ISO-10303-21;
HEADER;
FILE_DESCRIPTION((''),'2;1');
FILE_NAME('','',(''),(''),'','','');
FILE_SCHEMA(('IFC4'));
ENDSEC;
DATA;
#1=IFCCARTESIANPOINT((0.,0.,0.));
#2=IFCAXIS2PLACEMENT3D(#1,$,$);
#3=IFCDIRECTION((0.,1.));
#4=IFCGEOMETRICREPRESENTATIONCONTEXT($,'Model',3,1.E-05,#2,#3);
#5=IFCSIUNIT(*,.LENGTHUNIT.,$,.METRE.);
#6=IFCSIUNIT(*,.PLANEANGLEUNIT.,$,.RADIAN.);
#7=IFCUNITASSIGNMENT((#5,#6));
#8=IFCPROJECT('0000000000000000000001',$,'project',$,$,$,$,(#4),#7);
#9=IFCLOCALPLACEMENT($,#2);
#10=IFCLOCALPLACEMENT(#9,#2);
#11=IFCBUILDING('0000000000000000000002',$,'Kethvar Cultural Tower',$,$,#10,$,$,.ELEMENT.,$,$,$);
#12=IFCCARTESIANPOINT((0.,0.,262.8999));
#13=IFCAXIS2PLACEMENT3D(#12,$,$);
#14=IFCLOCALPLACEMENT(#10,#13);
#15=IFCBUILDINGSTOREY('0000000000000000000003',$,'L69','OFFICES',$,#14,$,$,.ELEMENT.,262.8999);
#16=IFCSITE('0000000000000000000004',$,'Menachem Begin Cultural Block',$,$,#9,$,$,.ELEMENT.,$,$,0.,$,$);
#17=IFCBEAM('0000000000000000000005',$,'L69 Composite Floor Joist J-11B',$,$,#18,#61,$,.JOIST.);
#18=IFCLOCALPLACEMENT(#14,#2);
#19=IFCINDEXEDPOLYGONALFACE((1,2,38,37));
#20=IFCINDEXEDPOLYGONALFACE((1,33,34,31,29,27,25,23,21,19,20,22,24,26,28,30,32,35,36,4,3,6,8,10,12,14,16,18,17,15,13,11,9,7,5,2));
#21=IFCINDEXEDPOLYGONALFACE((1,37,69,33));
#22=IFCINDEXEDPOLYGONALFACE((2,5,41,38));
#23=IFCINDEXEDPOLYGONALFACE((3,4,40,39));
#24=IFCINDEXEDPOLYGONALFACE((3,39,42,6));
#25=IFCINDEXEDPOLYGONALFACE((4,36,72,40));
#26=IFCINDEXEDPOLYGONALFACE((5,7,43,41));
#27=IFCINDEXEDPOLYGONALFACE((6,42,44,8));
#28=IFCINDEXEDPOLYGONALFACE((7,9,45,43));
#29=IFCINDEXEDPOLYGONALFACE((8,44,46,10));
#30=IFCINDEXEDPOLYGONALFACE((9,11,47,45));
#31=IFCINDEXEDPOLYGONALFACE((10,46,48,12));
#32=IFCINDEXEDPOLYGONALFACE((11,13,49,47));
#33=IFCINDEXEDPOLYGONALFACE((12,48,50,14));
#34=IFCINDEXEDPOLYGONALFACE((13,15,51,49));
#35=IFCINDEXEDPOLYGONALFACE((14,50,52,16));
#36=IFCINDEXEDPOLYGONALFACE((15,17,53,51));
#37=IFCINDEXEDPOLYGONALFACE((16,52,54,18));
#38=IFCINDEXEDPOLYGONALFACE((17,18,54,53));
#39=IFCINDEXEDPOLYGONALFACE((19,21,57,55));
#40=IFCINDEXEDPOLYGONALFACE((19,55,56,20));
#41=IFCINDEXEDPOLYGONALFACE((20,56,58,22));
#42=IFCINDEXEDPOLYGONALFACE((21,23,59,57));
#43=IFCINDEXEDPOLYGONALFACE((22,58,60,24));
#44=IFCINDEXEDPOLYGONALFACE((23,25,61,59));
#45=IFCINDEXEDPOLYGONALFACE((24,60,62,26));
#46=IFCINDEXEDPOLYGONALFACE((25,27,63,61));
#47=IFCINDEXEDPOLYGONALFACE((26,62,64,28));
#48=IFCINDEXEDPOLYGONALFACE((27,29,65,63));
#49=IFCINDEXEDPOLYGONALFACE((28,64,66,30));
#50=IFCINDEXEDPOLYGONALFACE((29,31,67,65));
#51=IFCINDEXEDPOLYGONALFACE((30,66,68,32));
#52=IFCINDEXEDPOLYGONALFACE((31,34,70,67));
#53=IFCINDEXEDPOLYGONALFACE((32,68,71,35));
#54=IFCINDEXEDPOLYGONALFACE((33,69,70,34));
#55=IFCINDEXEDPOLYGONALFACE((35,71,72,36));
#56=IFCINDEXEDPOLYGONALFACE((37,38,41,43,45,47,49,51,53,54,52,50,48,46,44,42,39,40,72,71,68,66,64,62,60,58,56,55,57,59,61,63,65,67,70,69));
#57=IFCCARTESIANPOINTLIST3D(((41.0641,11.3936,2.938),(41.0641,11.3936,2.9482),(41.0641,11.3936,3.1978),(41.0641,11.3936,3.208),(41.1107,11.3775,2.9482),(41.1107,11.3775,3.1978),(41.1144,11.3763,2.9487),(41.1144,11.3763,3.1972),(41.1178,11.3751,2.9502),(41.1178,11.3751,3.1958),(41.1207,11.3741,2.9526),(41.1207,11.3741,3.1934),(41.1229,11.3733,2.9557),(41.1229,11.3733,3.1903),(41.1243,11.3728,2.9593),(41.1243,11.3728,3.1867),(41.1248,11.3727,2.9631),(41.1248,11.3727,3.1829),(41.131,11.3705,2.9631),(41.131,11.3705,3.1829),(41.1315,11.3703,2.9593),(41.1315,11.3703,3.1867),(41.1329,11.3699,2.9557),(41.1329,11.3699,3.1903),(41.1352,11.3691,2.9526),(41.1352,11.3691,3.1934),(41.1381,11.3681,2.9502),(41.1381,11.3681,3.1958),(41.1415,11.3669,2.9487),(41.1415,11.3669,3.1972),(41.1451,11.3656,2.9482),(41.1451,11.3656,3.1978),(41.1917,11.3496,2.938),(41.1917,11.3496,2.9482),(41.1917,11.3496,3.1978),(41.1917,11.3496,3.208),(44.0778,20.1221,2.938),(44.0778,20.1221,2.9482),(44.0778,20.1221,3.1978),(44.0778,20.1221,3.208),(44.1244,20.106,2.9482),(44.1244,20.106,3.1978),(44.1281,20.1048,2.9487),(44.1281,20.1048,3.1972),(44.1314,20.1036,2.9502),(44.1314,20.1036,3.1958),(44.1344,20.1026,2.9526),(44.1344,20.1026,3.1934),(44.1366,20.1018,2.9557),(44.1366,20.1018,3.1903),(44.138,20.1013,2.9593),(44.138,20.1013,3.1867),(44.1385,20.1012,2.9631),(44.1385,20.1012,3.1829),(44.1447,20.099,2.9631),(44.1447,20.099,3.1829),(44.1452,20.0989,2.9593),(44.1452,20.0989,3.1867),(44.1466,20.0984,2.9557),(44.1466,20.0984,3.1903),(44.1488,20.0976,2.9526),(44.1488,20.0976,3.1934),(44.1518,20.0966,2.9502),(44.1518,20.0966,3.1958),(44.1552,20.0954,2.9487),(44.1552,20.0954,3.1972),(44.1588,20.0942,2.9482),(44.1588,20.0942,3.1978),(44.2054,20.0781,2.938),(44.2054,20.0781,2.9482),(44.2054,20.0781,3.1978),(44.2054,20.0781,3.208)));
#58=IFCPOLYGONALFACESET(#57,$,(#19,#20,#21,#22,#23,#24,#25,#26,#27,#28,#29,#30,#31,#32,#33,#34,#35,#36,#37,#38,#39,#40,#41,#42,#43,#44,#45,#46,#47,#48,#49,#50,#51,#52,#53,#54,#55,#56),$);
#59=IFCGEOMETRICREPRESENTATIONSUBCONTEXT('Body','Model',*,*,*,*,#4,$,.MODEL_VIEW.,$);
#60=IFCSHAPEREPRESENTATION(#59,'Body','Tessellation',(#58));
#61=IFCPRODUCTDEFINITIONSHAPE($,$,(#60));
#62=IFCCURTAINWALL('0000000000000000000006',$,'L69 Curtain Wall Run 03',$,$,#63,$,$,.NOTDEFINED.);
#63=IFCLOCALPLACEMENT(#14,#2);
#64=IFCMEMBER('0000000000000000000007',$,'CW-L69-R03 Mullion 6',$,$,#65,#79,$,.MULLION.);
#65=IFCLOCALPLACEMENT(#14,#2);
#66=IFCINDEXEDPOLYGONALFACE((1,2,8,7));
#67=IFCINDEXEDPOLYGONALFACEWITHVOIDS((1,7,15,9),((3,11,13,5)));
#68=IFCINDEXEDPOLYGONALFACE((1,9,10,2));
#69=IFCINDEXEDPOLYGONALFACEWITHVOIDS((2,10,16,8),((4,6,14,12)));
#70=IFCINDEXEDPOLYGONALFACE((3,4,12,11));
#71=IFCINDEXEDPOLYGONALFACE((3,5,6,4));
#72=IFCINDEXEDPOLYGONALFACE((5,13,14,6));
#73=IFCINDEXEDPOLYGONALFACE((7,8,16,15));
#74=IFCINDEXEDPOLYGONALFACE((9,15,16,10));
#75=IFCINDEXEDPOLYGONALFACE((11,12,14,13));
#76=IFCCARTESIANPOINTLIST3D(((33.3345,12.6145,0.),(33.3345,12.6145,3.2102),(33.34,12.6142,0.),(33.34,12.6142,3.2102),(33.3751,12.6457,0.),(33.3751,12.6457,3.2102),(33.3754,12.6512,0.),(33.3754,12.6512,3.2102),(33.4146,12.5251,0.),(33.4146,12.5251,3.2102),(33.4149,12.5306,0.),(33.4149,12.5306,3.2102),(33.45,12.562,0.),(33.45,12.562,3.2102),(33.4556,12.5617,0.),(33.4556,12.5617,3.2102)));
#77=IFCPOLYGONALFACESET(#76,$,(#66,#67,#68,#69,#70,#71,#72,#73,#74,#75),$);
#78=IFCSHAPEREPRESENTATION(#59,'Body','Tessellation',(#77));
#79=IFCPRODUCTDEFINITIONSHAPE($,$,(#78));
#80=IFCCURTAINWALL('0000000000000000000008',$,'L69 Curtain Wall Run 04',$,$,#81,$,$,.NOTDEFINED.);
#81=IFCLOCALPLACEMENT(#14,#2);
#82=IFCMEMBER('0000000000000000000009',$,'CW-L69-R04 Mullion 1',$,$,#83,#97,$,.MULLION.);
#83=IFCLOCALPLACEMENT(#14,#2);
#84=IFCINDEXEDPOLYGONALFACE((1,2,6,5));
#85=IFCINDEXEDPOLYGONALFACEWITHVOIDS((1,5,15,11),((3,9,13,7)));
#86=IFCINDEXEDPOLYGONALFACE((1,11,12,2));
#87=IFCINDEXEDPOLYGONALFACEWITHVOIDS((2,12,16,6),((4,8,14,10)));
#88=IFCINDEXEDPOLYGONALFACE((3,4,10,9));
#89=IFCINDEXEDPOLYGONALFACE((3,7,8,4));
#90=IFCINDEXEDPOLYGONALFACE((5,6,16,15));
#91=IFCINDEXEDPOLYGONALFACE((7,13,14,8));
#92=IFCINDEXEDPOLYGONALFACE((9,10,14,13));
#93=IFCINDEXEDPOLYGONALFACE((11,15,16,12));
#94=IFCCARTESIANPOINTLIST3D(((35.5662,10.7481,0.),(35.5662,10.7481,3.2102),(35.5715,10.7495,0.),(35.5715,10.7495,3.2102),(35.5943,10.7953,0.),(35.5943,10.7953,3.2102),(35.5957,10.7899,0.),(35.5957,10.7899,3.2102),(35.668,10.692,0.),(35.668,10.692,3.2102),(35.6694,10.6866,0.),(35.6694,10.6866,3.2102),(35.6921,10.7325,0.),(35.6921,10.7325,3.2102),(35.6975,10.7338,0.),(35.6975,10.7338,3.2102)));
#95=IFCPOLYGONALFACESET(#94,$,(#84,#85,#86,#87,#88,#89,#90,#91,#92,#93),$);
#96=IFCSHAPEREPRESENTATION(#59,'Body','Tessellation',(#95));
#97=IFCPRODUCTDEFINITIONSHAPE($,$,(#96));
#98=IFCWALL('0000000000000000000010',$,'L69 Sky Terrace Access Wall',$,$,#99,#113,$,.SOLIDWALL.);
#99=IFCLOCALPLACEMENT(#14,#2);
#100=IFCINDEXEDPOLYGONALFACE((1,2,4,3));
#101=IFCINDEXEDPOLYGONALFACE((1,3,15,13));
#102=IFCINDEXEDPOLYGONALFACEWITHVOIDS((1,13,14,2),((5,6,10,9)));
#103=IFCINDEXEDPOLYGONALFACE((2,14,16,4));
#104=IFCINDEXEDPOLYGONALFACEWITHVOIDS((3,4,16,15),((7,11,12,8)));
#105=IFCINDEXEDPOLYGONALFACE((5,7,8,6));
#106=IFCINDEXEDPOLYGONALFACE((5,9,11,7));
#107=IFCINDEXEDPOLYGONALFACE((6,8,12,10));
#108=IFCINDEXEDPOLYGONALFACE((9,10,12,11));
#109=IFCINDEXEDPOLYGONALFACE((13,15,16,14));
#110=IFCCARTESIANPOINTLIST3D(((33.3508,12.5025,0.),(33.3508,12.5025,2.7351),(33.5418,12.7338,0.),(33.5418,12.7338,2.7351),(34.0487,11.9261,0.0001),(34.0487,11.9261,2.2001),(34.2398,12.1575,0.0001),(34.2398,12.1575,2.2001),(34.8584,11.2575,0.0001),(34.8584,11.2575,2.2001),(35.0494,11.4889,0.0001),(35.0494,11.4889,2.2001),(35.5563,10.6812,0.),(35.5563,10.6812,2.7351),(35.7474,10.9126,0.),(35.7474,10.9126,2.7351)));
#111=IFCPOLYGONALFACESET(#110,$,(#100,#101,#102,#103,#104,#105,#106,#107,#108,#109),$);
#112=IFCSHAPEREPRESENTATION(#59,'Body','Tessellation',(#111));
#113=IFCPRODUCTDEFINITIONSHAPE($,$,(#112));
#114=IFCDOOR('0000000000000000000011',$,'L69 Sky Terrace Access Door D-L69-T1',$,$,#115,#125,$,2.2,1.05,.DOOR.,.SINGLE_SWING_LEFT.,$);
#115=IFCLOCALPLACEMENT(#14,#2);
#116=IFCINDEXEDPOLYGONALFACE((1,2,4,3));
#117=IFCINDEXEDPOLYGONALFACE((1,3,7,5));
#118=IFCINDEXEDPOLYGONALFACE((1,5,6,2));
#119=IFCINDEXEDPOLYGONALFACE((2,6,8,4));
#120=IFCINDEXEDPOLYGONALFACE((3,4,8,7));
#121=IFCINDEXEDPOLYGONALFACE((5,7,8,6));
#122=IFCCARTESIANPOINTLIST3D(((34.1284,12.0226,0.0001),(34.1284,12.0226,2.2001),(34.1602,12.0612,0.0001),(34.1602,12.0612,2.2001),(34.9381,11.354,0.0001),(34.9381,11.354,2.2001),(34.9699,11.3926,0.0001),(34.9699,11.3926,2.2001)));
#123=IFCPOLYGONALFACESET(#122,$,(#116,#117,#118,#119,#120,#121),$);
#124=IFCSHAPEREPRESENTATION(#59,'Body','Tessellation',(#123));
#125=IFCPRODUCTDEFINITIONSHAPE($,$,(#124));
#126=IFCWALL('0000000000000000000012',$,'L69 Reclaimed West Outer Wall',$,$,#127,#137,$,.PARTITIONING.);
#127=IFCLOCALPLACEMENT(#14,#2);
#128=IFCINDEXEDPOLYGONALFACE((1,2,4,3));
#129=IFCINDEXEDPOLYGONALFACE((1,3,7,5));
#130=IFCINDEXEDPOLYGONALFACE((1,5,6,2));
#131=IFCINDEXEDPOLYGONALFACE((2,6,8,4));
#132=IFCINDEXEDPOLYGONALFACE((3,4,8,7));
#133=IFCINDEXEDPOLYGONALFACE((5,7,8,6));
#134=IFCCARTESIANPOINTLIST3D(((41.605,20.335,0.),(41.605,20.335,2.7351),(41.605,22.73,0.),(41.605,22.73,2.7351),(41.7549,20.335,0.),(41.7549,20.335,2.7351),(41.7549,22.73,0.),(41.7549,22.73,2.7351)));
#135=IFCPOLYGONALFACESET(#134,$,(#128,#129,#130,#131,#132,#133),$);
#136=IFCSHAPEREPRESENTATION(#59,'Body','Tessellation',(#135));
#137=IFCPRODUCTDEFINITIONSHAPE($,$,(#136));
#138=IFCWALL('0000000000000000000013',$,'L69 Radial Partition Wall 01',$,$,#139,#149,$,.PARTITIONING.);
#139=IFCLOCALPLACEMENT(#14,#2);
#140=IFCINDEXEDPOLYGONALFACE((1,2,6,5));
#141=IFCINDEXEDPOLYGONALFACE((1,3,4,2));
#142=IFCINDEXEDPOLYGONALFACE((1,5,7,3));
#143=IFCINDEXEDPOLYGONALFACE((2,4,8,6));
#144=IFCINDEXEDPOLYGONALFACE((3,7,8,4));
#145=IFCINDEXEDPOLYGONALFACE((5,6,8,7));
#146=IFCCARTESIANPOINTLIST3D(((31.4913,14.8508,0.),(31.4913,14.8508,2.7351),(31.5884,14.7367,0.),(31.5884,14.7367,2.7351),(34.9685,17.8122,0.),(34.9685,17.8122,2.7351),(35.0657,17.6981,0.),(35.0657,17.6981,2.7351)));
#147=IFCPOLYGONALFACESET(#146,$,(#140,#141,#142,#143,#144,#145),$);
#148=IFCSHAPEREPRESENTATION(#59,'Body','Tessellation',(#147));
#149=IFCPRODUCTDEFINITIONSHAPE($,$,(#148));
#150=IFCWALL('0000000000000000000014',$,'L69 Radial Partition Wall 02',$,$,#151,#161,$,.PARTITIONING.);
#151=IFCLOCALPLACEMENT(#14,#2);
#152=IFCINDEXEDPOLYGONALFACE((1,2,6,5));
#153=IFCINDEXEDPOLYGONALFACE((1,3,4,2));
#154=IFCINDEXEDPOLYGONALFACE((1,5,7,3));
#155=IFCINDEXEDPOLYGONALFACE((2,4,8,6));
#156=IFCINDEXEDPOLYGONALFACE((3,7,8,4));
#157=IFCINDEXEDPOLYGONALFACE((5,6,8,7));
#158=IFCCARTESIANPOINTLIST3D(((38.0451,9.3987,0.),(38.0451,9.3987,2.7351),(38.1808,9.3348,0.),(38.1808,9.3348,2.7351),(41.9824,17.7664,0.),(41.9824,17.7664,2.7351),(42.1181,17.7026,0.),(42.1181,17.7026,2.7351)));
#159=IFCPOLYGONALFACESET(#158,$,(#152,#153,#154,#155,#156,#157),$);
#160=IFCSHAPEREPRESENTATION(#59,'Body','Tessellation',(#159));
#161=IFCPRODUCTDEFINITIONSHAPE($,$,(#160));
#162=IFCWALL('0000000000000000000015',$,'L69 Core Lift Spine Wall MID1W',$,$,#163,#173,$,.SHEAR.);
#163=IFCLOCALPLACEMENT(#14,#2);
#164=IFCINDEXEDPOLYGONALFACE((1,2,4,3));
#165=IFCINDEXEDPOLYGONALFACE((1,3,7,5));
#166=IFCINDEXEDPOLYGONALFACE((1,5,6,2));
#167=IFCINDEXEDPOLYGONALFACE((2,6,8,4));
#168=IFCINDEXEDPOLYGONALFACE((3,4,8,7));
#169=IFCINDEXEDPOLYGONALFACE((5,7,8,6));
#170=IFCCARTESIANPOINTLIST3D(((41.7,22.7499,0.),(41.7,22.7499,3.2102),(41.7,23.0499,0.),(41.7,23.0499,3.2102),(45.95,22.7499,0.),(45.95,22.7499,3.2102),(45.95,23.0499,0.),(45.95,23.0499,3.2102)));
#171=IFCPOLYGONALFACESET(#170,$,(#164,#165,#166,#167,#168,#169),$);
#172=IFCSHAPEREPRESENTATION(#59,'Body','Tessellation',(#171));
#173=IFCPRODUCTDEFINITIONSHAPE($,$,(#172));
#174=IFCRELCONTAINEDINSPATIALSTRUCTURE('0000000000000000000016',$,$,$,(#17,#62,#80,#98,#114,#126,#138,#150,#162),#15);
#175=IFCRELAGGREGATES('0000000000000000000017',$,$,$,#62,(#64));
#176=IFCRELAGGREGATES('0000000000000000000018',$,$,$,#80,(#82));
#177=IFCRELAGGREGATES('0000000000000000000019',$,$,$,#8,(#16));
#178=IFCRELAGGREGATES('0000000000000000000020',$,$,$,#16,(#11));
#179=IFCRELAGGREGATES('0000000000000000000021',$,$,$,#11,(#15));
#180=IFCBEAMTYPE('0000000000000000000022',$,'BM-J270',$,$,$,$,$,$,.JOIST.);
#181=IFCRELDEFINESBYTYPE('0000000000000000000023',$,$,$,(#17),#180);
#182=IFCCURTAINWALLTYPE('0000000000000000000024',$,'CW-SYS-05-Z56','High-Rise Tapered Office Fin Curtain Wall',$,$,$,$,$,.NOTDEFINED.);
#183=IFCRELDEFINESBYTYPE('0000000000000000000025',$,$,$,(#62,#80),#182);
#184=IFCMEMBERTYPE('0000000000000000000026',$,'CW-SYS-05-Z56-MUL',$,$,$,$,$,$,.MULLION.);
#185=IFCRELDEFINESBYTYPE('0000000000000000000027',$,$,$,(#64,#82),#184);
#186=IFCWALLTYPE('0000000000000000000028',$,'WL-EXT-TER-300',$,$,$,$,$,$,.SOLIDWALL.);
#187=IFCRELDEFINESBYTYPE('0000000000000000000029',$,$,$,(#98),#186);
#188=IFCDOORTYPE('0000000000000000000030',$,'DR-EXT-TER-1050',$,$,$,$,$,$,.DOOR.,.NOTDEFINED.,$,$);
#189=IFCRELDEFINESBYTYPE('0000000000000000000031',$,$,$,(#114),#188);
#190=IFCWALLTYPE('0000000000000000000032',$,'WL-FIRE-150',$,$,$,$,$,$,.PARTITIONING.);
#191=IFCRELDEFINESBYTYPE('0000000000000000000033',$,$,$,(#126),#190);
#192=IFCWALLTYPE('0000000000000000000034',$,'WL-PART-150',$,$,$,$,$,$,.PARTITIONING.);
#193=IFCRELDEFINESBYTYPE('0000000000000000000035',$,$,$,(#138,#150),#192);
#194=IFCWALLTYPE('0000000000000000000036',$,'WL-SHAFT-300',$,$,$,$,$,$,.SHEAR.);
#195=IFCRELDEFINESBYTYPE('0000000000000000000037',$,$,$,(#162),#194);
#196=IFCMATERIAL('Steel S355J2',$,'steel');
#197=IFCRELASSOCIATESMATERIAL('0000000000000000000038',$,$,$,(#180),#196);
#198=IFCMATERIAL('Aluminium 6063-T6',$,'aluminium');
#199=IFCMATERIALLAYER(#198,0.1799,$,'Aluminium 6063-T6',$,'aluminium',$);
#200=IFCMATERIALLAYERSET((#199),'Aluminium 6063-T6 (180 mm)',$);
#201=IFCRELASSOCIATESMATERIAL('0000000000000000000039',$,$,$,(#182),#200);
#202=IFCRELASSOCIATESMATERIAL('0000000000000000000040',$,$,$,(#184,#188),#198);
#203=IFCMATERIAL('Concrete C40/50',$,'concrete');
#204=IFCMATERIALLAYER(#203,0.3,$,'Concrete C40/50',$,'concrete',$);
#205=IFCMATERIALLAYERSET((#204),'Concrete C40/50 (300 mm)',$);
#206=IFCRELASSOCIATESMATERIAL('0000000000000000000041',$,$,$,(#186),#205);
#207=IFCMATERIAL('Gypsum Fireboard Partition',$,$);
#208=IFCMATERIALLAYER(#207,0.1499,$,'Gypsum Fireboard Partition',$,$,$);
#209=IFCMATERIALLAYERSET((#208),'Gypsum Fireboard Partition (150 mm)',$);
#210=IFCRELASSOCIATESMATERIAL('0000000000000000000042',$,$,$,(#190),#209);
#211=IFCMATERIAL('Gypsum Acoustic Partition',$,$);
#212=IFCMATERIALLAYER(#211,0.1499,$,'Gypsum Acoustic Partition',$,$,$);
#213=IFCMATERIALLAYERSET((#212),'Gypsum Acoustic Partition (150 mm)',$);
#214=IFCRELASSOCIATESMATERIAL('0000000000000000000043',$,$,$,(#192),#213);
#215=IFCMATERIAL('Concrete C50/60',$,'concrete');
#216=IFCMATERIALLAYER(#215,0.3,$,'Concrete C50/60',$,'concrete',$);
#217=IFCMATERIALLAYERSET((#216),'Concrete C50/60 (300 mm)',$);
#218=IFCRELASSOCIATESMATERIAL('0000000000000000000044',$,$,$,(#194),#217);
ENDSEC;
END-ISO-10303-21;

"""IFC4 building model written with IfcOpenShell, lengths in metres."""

from ifc_helpers import new_model, si_unit, direction, frame, frame_2d, origin, origin_2d, place, context, subcontext, project, spatial, rectangle, hollow_rectangle, i_section, extrude, source, transform, mapped, material, layer, layer_set, material_profile, profile_set, type_object, element, fill, aggregate, save


model = new_model("IFC4")

# Units and contexts
model_context = context("Model", 3, precision=1e-05, world=origin(), true_north=direction((0.0, 1.0)))
body_context = subcontext(model_context, "Body", "Model", "MODEL_VIEW")
ifc_project = project(units=[si_unit("LENGTHUNIT", "METRE"), si_unit("PLANEANGLEUNIT", "RADIAN")], contexts=[model_context])

# Site, building, storey
site_placement = place(None, origin())
site = spatial("IfcSite", under=ifc_project, at=site_placement, Name="Menachem Begin Cultural Block", CompositionType="ELEMENT", RefElevation=0.0)
building_placement = place(site_placement, origin())
building = spatial("IfcBuilding", under=site, at=building_placement, Name="Kethvar Cultural Tower", CompositionType="ELEMENT")
storey_placement = place(building_placement, frame((0.0, 0.0, 262.8999)))
storey = spatial("IfcBuildingStorey", under=building, at=storey_placement, Name="L69", Description="OFFICES", CompositionType="ELEMENT", Elevation=262.8999)

# Beam
ifc_material_1 = material(Name="Steel S355J2", Category="steel")
ifc_material_profile_1 = material_profile(ifc_material_1, i_section(OverallWidth=0.135, OverallDepth=0.27, WebThickness=0.0066, FlangeThickness=0.0103, FilletRadius=0.0149, at=origin_2d()), Name="Steel S355J2 — IPE270")
ifc_profile_set_1 = profile_set([ifc_material_profile_1], Name="Steel S355J2 — IPE270")
beam_type_1 = type_object("IfcBeamType", Name="BM-J270", PredefinedType="JOIST", material=ifc_profile_set_1)
shared_shape_1 = source(origin(), body_context, "Body", "SweptSolid", [
    extrude(i_section(OverallWidth=0.135, OverallDepth=0.27, WebThickness=0.0066, FlangeThickness=0.0103, FilletRadius=0.0149, at=origin_2d()), origin(), (0.0, 0.0, 1.0), 9.2341),
])
beam_1_placement = place(storey_placement, frame((44.1416, 20.1001, 3.073), z_axis=(-0.326362, -0.945245, 0.0), x_axis=(0.945245, -0.326362, 0.0)))
element("IfcBeam", 1, at=beam_1_placement, inside=storey, type_object=beam_type_1, Name="L69 Composite Floor Joist J-11B", PredefinedType="JOIST", context=body_context, shape_type="MappedRepresentation", body=[
    mapped(shared_shape_1, transform((0.0, 0.0, 0.0), scale=1.0)),
])

# Curtain walls, members
ifc_material_2 = material(Name="Aluminium 6063-T6", Category="aluminium")
ifc_layer_1 = layer(ifc_material_2, 0.1799, Name="Aluminium 6063-T6", Category="aluminium")
ifc_layer_set_1 = layer_set([ifc_layer_1], Name="Aluminium 6063-T6 (180 mm)")
curtain_wall_type = type_object("IfcCurtainWallType", Name="CW-SYS-05-Z56", Description="High-Rise Tapered Office Fin Curtain Wall", PredefinedType="NOTDEFINED", material=ifc_layer_set_1)
curtain_wall_1_placement = place(storey_placement, origin())
curtain_wall_1 = element("IfcCurtainWall", 2, at=curtain_wall_1_placement, inside=storey, type_object=curtain_wall_type, Name="L69 Curtain Wall Run 03", PredefinedType="NOTDEFINED")
ifc_material_profile_2 = material_profile(ifc_material_2, hollow_rectangle(XDim=0.0549, YDim=0.1201, WallThickness=0.0039, at=origin_2d()), Name="Aluminium 6063-T6 — RHS120x55x4")
ifc_profile_set_2 = profile_set([ifc_material_profile_2], Name="Aluminium 6063-T6 — RHS120x55x4")
member_type = type_object("IfcMemberType", Name="CW-SYS-05-Z56-MUL", PredefinedType="MULLION", material=ifc_profile_set_2)
shared_shape_2 = source(origin(), body_context, "Body", "SweptSolid", [
    extrude(hollow_rectangle(XDim=0.0549, YDim=0.1201, WallThickness=0.0039, at=origin_2d()), origin(), (0.0, 0.0, 1.0), 3.2102),
])
member_1_placement = place(storey_placement, frame((33.395, 12.5881, 0.0), z_axis=(0.0, 0.0, 1.0), x_axis=(0.744847, 0.667235, 0.0)))
member_1 = element("IfcMember", 3, at=member_1_placement, type_object=member_type, Name="CW-L69-R03 Mullion 6", PredefinedType="MULLION", context=body_context, shape_type="MappedRepresentation", body=[
    mapped(shared_shape_2, transform((0.0, 0.0, 0.0), scale=1.0)),
])
aggregate(curtain_wall_1, [member_1])
curtain_wall_2_placement = place(storey_placement, origin())
curtain_wall_2 = element("IfcCurtainWall", 4, at=curtain_wall_2_placement, inside=storey, type_object=curtain_wall_type, Name="L69 Curtain Wall Run 04", PredefinedType="NOTDEFINED")
member_2_placement = place(storey_placement, frame((35.6318, 10.741, 0.0), z_axis=(0.0, 0.0, 1.0), x_axis=(0.511848, 0.859076, 0.0)))
member_2 = element("IfcMember", 5, at=member_2_placement, type_object=member_type, Name="CW-L69-R04 Mullion 1", PredefinedType="MULLION", context=body_context, shape_type="MappedRepresentation", body=[
    mapped(shared_shape_2, transform((0.0, 0.0, 0.0), scale=1.0)),
])
aggregate(curtain_wall_2, [member_2])

# Shared definitions
ifc_material_3 = material(Name="Concrete C50/60", Category="concrete")

# Wall, opening, door
ifc_material_4 = material(Name="Concrete C40/50", Category="concrete")
ifc_layer_2 = layer(ifc_material_4, 0.3, Name="Concrete C40/50", Category="concrete")
ifc_layer_set_2 = layer_set([ifc_layer_2], Name="Concrete C40/50 (300 mm)")
wall_type_1 = type_object("IfcWallType", Name="WL-EXT-TER-300", PredefinedType="SOLIDWALL", material=ifc_layer_set_2)
wall_1_placement = place(storey_placement, frame((35.6519, 10.7969, 0.0), z_axis=(0.0, 0.0, 1.0), x_axis=(-0.771082, 0.636736, 0.0)))
wall_1 = element("IfcWall", 6, at=wall_1_placement, inside=storey, type_object=wall_type_1, Name="L69 Sky Terrace Access Wall", PredefinedType="SOLIDWALL", context=body_context, shape_type="SweptSolid", body=[
    extrude(rectangle(XDim=2.8604, YDim=0.3, at=frame_2d((1.4302, 0.0))), origin(), (0.0, 0.0, 1.0), 2.7351),
])
opening_1_placement = place(wall_1_placement, frame((0.9053, 0.0, 0.0)))
opening_1 = element("IfcOpeningElement", 7, at=opening_1_placement, cuts=wall_1, PredefinedType="OPENING", context=body_context, shape_type="SweptSolid", body=[
    extrude(rectangle(XDim=1.05, YDim=2.2, at=frame_2d((0.5249, 1.1001))), frame((0.0, 0.1599, 0.0), z_axis=(0.0, -1.0, 0.0), x_axis=(1.0, 0.0, 0.0)), (0.0, 0.0, 1.0), 0.3201),
])
door_type_1 = type_object("IfcDoorType", Name="DR-EXT-TER-1050", OperationType="NOTDEFINED", PredefinedType="DOOR", material=ifc_material_2)
shared_shape_3 = source(origin(), body_context, "Body", "SweptSolid", [
    extrude(rectangle(XDim=1.05, YDim=2.2, at=frame_2d((0.5249, 1.1001))), frame((0.0, 0.0249, 0.0), z_axis=(0.0, -1.0, 0.0), x_axis=(1.0, 0.0, 0.0)), (0.0, 0.0, 1.0), 0.05),
])
door_1_placement = place(opening_1_placement, origin())
door_1 = element("IfcDoor", 8, at=door_1_placement, inside=storey, type_object=door_type_1, Name="L69 Sky Terrace Access Door D-L69-T1", OperationType="SINGLE_SWING_LEFT", OverallHeight=2.2, OverallWidth=1.05, PredefinedType="DOOR", context=body_context, shape_type="MappedRepresentation", body=[
    mapped(shared_shape_3, transform((0.0, 0.0, 0.0), scale=1.0)),
])
fill(opening_1, door_1)

# Walls
ifc_material_5 = material(Name="Gypsum Fireboard Partition")
ifc_layer_3 = layer(ifc_material_5, 0.1499, Name="Gypsum Fireboard Partition")
ifc_layer_set_3 = layer_set([ifc_layer_3], Name="Gypsum Fireboard Partition (150 mm)")
wall_type_2 = type_object("IfcWallType", Name="WL-FIRE-150", PredefinedType="PARTITIONING", material=ifc_layer_set_3)
wall_2_placement = place(storey_placement, frame((41.6799, 20.335, 0.0), z_axis=(0.0, 0.0, 1.0), x_axis=(0.0, 1.0, 0.0)))
element("IfcWall", 9, at=wall_2_placement, inside=storey, type_object=wall_type_2, Name="L69 Reclaimed West Outer Wall", PredefinedType="PARTITIONING", context=body_context, shape_type="SweptSolid", body=[
    extrude(rectangle(XDim=2.395, YDim=0.1499, at=frame_2d((1.1975, 0.0))), origin(), (0.0, 0.0, 1.0), 2.7351),
])
ifc_material_6 = material(Name="Gypsum Acoustic Partition")
ifc_layer_4 = layer(ifc_material_6, 0.1499, Name="Gypsum Acoustic Partition")
ifc_layer_set_4 = layer_set([ifc_layer_4], Name="Gypsum Acoustic Partition (150 mm)")
wall_type_3 = type_object("IfcWallType", Name="WL-PART-150", PredefinedType="PARTITIONING", material=ifc_layer_set_4)
wall_3_placement = place(storey_placement, frame((35.0171, 17.7551, 0.0), z_axis=(0.0, 0.0, 1.0), x_axis=(-0.76132, -0.648376, 0.0)))
element("IfcWall", 10, at=wall_3_placement, inside=storey, type_object=wall_type_3, Name="L69 Radial Partition Wall 01", PredefinedType="PARTITIONING", context=body_context, shape_type="SweptSolid", body=[
    extrude(rectangle(XDim=4.5674, YDim=0.1499, at=frame_2d((2.2837, 0.0))), origin(), (0.0, 0.0, 1.0), 2.7351),
])
wall_4_placement = place(storey_placement, frame((42.0503, 17.7346, 0.0), z_axis=(0.0, 0.0, 1.0), x_axis=(-0.425755, -0.904838, 0.0)))
element("IfcWall", 11, at=wall_4_placement, inside=storey, type_object=wall_type_3, Name="L69 Radial Partition Wall 02", PredefinedType="PARTITIONING", context=body_context, shape_type="SweptSolid", body=[
    extrude(rectangle(XDim=9.2478, YDim=0.1499, at=frame_2d((4.624, 0.0))), origin(), (0.0, 0.0, 1.0), 2.7351),
])
ifc_layer_5 = layer(ifc_material_3, 0.3, Name="Concrete C50/60", Category="concrete")
ifc_layer_set_5 = layer_set([ifc_layer_5], Name="Concrete C50/60 (300 mm)")
wall_type_4 = type_object("IfcWallType", Name="WL-SHAFT-300", PredefinedType="SHEAR", material=ifc_layer_set_5)
wall_5_placement = place(storey_placement, frame((41.7, 22.8999, 0.0), z_axis=(0.0, 0.0, 1.0), x_axis=(1.0, 0.0, 0.0)))
element("IfcWall", 12, at=wall_5_placement, inside=storey, type_object=wall_type_4, Name="L69 Core Lift Spine Wall MID1W", PredefinedType="SHEAR", context=body_context, shape_type="SweptSolid", body=[
    extrude(rectangle(XDim=4.25, YDim=0.3, at=frame_2d((2.125, 0.0))), origin(), (0.0, 0.0, 1.0), 3.2102),
])

save(model, "model.ifc")
